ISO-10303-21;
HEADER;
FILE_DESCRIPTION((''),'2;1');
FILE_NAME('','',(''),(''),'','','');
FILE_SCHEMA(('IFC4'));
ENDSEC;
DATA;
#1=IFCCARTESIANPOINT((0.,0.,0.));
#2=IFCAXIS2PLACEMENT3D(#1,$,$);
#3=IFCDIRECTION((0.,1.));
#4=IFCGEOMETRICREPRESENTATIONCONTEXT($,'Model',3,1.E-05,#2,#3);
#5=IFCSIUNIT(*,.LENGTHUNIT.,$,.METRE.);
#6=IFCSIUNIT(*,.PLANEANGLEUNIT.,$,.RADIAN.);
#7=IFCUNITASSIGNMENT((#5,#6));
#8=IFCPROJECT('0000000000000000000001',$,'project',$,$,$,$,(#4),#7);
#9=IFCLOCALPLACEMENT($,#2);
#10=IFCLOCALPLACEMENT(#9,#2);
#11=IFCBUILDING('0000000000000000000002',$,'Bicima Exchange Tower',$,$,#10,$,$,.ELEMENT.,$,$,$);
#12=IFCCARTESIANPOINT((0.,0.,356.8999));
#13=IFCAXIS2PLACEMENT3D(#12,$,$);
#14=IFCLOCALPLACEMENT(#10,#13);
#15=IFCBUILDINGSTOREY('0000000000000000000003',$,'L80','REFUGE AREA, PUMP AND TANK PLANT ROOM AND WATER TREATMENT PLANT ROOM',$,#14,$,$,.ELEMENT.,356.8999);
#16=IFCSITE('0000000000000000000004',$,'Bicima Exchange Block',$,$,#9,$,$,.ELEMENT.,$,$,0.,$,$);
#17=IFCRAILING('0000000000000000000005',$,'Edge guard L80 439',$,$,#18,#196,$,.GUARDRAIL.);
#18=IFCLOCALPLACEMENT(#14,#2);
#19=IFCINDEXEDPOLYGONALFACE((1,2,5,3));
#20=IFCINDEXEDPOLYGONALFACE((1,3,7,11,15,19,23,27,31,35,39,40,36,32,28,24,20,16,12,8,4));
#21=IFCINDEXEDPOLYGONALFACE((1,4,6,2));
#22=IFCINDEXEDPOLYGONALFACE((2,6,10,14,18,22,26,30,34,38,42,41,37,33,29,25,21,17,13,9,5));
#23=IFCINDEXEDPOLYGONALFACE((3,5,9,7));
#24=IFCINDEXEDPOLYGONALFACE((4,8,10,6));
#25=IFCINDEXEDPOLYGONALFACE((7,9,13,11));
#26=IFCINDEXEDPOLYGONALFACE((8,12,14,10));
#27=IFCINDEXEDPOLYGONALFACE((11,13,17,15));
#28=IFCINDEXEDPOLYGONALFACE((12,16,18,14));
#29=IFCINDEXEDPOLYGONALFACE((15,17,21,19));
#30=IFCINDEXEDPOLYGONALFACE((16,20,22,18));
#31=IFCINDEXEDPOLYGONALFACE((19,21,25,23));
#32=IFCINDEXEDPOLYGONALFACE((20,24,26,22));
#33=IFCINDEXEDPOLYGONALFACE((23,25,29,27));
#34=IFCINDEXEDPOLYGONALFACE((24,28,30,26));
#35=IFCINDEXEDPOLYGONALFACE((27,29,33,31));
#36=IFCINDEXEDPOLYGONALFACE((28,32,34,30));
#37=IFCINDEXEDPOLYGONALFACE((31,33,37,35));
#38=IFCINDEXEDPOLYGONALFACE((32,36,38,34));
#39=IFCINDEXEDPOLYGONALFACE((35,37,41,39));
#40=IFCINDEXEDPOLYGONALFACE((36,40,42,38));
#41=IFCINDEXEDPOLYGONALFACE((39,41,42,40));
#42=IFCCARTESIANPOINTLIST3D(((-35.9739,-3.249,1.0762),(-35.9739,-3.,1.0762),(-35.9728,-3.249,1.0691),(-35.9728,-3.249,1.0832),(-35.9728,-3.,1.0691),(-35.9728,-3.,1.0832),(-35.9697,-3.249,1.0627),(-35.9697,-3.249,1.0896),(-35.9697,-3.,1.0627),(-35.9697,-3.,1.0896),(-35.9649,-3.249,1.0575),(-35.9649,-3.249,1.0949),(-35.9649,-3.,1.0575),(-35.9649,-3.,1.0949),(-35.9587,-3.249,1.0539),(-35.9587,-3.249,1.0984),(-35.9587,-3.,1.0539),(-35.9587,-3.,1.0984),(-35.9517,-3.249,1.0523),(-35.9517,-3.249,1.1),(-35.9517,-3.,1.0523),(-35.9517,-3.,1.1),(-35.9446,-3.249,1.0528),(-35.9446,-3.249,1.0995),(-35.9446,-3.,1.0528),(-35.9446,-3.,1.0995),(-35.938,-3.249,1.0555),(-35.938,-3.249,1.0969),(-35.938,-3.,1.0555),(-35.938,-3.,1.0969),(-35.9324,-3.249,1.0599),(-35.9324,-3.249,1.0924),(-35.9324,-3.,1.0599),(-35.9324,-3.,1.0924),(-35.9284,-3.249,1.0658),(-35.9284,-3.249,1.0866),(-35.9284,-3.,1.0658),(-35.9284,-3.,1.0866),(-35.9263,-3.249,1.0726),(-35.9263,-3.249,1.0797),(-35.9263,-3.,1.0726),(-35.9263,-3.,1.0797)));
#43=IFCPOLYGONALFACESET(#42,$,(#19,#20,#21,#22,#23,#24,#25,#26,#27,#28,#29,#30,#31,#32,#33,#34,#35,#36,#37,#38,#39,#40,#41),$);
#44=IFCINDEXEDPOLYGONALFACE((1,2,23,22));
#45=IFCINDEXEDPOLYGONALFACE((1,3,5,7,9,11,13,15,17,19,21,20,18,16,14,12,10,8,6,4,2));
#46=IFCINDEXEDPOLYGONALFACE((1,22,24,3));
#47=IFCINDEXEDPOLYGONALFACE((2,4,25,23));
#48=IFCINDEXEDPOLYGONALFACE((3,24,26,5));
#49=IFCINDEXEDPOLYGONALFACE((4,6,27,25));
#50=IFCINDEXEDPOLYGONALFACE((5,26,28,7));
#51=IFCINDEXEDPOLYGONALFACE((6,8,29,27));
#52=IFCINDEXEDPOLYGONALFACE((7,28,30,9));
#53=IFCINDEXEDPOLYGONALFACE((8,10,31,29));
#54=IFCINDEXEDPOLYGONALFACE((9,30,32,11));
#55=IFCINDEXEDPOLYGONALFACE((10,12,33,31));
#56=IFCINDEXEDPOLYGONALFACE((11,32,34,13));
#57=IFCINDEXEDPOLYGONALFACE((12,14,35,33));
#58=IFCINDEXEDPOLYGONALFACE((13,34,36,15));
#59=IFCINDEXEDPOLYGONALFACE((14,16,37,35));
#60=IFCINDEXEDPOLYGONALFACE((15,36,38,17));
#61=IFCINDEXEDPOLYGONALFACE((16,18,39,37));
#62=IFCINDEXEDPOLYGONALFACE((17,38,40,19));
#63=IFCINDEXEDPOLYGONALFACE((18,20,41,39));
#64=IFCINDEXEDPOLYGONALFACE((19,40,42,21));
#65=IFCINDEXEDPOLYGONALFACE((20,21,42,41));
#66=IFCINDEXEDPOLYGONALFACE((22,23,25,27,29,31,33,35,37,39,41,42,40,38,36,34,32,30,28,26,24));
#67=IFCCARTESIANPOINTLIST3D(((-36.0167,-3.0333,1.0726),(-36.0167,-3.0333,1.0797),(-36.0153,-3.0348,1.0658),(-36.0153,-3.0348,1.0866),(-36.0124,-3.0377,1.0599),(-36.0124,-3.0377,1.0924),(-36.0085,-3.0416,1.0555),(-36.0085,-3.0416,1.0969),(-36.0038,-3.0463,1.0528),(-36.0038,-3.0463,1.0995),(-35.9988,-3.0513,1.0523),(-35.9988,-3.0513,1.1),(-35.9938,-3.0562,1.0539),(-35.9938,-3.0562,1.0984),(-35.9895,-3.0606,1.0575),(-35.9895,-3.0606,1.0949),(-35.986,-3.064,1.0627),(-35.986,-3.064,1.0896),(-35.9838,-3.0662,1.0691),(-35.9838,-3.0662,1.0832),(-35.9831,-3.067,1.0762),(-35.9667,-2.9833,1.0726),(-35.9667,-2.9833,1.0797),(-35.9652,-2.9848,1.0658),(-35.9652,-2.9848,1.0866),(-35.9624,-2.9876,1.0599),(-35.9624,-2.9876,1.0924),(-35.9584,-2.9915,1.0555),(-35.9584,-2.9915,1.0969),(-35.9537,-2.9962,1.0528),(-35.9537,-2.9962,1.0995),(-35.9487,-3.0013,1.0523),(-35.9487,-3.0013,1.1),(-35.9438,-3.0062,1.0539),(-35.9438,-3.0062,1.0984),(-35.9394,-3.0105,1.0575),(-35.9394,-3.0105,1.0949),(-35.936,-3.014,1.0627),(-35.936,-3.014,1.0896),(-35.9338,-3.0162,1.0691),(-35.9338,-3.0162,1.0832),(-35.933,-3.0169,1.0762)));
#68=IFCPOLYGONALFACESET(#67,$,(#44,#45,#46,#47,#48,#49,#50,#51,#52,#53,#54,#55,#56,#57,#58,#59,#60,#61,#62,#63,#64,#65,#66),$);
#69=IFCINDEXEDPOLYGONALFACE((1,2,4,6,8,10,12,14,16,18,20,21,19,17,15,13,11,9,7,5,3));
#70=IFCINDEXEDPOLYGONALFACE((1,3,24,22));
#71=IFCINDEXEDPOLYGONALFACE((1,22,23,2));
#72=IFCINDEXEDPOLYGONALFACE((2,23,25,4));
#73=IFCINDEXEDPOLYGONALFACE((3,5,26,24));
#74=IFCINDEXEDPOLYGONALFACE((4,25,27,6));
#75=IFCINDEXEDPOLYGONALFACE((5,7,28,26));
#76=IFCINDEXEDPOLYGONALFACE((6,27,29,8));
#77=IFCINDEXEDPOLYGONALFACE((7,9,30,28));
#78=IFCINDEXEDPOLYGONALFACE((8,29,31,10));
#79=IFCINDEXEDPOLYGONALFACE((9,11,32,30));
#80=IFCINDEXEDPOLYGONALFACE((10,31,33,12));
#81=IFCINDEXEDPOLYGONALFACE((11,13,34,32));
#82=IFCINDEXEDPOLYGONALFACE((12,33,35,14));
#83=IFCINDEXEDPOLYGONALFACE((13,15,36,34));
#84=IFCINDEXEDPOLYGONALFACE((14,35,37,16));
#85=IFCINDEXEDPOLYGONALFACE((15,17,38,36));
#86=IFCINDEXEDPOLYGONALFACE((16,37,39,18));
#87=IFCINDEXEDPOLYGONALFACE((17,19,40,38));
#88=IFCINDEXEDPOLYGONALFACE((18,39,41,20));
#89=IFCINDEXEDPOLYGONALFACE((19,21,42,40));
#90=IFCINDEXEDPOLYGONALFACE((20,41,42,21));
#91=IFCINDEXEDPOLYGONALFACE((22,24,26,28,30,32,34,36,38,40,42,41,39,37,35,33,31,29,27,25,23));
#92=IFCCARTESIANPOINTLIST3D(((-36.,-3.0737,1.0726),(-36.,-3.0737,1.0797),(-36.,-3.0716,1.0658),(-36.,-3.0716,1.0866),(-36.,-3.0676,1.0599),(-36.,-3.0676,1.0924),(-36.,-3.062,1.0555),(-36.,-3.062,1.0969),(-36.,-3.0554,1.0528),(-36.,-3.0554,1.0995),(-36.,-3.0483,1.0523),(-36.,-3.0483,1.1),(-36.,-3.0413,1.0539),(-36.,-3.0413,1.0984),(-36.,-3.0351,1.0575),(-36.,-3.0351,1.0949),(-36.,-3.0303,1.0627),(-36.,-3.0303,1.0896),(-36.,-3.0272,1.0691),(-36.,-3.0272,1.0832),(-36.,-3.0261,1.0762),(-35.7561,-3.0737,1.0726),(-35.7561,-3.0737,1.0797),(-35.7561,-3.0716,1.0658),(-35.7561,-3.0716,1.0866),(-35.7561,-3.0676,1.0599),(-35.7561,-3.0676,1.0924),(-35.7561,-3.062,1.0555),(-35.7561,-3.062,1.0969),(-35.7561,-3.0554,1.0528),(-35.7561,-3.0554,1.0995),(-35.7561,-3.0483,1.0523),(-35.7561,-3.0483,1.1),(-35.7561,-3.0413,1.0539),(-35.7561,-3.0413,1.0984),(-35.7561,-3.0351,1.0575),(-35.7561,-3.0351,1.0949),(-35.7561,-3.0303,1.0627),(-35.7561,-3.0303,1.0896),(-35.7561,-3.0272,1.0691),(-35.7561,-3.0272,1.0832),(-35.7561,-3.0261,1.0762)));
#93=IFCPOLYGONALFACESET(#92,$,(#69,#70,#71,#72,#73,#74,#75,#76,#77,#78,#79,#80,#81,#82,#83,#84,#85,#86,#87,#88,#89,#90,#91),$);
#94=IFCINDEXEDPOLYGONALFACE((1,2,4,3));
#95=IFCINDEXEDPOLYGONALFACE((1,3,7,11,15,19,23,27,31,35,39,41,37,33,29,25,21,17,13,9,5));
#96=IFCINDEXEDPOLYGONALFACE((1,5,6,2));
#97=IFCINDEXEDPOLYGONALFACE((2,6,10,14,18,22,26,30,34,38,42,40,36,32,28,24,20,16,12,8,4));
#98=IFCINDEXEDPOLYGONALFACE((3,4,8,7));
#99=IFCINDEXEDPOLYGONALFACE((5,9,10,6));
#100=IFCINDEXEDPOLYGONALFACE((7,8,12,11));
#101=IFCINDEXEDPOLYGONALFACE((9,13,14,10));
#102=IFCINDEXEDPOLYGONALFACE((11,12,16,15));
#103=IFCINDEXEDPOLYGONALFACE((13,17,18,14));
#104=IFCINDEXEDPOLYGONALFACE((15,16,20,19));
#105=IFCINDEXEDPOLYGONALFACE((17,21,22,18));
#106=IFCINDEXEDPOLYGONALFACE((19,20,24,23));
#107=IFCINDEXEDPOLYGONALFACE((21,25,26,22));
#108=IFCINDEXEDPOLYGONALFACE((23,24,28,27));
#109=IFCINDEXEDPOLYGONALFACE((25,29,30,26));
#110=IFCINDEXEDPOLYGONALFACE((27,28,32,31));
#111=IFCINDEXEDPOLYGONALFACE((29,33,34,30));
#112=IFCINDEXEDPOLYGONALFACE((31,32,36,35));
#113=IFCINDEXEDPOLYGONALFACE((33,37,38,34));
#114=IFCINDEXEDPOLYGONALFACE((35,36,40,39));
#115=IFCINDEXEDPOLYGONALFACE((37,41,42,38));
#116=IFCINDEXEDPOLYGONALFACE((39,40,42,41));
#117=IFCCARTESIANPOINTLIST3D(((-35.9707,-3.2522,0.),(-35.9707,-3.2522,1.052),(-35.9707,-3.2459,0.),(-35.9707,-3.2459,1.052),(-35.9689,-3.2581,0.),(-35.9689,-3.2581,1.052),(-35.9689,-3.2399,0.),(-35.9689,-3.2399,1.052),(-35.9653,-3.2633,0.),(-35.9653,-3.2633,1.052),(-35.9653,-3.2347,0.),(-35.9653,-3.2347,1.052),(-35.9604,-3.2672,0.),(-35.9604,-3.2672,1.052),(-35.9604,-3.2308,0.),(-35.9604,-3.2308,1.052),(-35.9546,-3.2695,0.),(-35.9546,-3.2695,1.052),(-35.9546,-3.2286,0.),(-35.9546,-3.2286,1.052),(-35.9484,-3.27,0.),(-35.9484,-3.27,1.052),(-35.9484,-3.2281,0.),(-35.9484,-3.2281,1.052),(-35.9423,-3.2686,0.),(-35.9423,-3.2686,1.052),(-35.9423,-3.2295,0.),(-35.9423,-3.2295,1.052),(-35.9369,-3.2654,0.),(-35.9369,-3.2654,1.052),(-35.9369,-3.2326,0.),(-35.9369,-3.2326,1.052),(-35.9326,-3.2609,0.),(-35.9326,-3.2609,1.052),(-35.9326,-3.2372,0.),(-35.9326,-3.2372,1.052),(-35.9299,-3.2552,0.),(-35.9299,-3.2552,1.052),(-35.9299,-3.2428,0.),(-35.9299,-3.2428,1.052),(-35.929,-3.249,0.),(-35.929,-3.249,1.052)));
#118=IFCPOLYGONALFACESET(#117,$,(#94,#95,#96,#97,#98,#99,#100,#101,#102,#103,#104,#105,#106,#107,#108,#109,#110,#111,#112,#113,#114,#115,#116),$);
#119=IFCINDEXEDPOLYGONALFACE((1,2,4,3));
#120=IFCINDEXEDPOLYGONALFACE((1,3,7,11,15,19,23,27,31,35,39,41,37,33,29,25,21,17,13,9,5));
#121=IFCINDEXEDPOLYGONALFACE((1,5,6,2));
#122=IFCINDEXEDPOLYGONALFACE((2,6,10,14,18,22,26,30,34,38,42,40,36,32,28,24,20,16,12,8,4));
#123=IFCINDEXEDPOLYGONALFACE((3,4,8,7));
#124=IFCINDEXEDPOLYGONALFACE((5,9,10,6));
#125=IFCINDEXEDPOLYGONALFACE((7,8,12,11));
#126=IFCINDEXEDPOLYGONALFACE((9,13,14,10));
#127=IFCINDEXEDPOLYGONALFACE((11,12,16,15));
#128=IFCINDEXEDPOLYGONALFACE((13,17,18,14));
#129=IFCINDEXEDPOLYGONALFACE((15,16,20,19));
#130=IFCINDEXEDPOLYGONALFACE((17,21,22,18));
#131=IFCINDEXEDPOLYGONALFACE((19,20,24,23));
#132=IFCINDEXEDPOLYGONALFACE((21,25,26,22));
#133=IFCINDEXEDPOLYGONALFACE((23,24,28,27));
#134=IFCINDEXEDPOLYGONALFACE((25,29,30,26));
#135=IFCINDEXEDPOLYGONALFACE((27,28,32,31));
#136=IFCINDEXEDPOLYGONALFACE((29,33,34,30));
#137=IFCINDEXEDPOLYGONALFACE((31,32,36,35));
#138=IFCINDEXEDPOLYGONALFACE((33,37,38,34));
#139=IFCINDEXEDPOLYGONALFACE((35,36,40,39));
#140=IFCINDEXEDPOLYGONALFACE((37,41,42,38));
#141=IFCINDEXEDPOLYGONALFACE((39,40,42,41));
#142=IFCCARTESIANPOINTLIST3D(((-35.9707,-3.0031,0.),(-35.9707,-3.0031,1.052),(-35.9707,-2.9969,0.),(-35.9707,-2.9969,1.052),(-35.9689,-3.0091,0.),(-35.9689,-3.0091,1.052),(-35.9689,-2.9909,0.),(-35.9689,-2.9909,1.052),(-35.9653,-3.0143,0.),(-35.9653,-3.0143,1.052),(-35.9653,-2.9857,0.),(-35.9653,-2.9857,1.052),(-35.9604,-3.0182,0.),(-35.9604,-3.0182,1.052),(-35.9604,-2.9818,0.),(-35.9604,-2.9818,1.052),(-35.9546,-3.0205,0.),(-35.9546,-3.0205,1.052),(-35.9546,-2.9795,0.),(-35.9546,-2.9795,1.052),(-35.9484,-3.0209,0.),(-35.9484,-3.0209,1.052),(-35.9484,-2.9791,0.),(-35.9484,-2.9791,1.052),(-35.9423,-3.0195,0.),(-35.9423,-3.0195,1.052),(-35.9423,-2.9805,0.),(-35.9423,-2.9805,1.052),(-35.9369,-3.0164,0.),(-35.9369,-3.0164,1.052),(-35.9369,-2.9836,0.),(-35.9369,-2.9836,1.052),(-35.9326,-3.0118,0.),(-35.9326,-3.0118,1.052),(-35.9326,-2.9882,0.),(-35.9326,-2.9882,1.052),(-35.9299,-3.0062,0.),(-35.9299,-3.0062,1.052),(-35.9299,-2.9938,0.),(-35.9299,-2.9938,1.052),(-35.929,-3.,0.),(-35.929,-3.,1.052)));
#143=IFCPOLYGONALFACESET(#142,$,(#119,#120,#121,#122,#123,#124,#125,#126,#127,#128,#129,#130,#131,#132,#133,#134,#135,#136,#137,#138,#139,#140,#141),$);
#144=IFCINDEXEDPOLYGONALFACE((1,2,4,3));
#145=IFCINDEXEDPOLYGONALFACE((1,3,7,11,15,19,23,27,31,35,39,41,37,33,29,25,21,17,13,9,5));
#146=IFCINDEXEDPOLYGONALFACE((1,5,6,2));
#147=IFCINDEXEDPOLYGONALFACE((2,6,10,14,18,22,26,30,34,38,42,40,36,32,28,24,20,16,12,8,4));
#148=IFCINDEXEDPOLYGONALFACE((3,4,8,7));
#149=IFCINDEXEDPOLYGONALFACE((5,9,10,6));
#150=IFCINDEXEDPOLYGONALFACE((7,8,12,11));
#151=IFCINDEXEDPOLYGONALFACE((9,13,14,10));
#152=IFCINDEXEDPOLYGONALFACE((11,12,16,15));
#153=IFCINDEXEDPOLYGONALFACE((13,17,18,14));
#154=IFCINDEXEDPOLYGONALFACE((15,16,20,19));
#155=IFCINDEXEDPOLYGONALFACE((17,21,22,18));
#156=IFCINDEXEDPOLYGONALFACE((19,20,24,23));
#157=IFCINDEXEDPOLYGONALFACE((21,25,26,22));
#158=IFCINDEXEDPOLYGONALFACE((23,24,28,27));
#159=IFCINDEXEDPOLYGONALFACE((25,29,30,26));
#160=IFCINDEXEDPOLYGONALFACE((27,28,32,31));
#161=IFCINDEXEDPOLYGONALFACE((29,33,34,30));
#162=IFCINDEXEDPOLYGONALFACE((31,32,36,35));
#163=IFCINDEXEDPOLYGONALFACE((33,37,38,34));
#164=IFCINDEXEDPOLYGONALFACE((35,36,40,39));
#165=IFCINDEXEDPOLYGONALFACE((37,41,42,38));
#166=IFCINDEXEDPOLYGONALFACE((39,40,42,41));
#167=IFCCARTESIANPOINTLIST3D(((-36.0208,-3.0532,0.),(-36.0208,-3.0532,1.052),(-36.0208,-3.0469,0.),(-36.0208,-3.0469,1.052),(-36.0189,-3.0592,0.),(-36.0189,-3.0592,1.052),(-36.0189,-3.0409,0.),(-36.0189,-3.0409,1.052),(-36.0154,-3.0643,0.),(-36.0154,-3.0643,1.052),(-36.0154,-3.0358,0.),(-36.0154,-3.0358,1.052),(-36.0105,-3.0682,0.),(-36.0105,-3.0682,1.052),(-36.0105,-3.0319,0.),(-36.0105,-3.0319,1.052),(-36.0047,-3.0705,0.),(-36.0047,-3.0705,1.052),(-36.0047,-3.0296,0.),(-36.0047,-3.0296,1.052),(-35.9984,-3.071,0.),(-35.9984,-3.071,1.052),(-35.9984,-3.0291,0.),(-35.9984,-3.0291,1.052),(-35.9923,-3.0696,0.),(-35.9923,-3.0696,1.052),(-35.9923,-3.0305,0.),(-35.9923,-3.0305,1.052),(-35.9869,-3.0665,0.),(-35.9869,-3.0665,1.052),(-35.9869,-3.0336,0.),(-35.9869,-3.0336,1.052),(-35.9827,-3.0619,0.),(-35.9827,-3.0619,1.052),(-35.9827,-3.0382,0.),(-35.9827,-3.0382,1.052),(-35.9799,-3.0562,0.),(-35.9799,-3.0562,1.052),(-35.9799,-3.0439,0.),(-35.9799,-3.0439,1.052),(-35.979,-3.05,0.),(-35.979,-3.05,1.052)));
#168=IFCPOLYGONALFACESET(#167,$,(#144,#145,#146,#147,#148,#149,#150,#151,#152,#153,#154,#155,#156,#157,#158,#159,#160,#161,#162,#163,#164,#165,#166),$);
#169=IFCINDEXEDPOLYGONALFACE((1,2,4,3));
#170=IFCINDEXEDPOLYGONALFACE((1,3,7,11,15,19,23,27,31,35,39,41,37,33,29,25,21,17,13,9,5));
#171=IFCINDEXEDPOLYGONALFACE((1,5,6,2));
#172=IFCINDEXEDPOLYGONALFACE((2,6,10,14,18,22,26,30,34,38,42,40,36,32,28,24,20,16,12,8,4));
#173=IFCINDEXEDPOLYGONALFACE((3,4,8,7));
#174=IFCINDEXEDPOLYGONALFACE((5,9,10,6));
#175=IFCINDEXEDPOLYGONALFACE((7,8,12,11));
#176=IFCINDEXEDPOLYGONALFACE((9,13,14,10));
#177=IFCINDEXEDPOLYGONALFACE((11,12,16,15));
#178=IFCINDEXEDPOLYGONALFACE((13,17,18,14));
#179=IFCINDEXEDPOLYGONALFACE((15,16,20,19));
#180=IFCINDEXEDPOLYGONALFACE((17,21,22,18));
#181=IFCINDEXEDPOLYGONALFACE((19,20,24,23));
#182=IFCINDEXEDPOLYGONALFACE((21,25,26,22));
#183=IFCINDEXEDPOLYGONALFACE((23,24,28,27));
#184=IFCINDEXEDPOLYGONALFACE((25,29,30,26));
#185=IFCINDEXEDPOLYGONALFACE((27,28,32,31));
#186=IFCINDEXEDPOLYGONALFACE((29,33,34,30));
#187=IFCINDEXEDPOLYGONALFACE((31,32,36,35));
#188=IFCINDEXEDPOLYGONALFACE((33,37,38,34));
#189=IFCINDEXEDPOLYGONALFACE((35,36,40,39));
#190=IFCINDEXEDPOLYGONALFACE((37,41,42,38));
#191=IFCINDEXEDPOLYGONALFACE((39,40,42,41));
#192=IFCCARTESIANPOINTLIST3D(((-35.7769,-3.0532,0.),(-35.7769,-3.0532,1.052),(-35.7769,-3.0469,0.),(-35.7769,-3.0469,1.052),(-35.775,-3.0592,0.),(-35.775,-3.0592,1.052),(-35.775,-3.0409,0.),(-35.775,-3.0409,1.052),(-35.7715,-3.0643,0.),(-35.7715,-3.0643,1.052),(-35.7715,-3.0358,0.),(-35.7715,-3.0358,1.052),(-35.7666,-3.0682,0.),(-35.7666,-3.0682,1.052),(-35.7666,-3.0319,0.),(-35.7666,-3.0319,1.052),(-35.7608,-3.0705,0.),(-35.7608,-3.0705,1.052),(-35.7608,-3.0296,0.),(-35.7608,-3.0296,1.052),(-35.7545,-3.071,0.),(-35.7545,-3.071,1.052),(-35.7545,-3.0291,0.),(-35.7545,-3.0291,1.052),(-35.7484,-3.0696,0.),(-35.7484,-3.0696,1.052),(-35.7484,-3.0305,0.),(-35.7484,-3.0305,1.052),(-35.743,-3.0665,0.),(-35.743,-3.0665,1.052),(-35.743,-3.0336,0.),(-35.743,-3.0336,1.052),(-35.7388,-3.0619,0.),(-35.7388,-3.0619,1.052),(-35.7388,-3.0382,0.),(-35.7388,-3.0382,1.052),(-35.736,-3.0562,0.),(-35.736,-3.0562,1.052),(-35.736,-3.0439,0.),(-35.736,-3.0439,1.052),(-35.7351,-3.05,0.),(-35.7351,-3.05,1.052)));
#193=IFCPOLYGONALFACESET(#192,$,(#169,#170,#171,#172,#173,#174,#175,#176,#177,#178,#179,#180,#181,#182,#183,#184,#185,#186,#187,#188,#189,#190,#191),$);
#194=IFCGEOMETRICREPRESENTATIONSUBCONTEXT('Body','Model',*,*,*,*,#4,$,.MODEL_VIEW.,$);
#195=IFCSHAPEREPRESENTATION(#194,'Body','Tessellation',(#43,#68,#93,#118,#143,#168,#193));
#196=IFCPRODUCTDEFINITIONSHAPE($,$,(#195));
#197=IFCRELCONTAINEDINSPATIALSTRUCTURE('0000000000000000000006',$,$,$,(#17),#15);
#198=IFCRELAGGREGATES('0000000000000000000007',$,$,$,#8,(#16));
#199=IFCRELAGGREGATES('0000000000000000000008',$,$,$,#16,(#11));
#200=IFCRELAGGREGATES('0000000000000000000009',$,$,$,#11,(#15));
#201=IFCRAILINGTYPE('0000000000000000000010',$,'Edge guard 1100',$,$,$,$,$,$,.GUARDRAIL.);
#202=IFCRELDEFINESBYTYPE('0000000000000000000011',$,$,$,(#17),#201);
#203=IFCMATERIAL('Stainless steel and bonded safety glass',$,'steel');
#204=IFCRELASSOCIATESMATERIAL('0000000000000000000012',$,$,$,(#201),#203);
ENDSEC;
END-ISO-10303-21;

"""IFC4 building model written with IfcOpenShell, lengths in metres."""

from ifc_helpers import new_model, si_unit, direction, frame, origin, origin_2d, place, context, subcontext, project, spatial, circle, extrude, material, type_object, element, save


model = new_model("IFC4")

# Units and contexts
model_context = context("Model", 3, precision=1e-05, world=origin(), true_north=direction((0.0, 1.0)))
body_context = subcontext(model_context, "Body", "Model", "MODEL_VIEW")
ifc_project = project(units=[si_unit("LENGTHUNIT", "METRE"), si_unit("PLANEANGLEUNIT", "RADIAN")], contexts=[model_context])

# Site, building, storey
site_placement = place(None, origin())
site = spatial("IfcSite", under=ifc_project, at=site_placement, Name="Bicima Exchange Block", CompositionType="ELEMENT", RefElevation=0.0)
building_placement = place(site_placement, origin())
building = spatial("IfcBuilding", under=site, at=building_placement, Name="Bicima Exchange Tower", CompositionType="ELEMENT")
storey_placement = place(building_placement, frame((0.0, 0.0, 356.8999)))
storey = spatial("IfcBuildingStorey", under=building, at=storey_placement, Name="L80", Description="REFUGE AREA, PUMP AND TANK PLANT ROOM AND WATER TREATMENT PLANT ROOM", CompositionType="ELEMENT", Elevation=356.8999)

# Railing
ifc_material_1 = material(Name="Stainless steel and bonded safety glass", Category="steel")
railing_type_1 = type_object("IfcRailingType", Name="Edge guard 1100", PredefinedType="GUARDRAIL", material=ifc_material_1)
railing_1_placement = place(storey_placement, frame((-35.95, -3.249, 0.0)))
element("IfcRailing", 1, at=railing_1_placement, inside=storey, type_object=railing_type_1, Name="Edge guard L80 439", PredefinedType="GUARDRAIL", context=body_context, shape_type="SweptSolid", body=[
    extrude(circle(Radius=0.0239, at=origin_2d()), frame((0.0, 0.0, 1.0762), z_axis=(0.0, 1.0, 0.0), x_axis=(-1.0, 0.0, 0.0)), (0.0, 0.0, 1.0), 0.249),
    extrude(circle(Radius=0.0239, at=origin_2d()), frame((0.0, 0.249, 1.0762), z_axis=(-0.707107, -0.707107, 0.0), x_axis=(0.707107, -0.707107, 0.0)), (0.0, 0.0, 1.0), 0.0708),
    extrude(circle(Radius=0.0239, at=origin_2d()), frame((-0.05, 0.199, 1.0762), z_axis=(1.0, 0.0, 0.0), x_axis=(0.0, 1.0, 0.0)), (0.0, 0.0, 1.0), 0.2439),
    extrude(circle(Radius=0.021, at=origin_2d()), origin(), (0.0, 0.0, 1.0), 1.052),
    extrude(circle(Radius=0.021, at=origin_2d()), frame((0.0, 0.249, 0.0)), (0.0, 0.0, 1.0), 1.052),
    extrude(circle(Radius=0.021, at=origin_2d()), frame((-0.05, 0.199, 0.0)), (0.0, 0.0, 1.0), 1.052),
    extrude(circle(Radius=0.021, at=origin_2d()), frame((0.1938, 0.199, 0.0)), (0.0, 0.0, 1.0), 1.052),
])

save(model, "model.ifc")
